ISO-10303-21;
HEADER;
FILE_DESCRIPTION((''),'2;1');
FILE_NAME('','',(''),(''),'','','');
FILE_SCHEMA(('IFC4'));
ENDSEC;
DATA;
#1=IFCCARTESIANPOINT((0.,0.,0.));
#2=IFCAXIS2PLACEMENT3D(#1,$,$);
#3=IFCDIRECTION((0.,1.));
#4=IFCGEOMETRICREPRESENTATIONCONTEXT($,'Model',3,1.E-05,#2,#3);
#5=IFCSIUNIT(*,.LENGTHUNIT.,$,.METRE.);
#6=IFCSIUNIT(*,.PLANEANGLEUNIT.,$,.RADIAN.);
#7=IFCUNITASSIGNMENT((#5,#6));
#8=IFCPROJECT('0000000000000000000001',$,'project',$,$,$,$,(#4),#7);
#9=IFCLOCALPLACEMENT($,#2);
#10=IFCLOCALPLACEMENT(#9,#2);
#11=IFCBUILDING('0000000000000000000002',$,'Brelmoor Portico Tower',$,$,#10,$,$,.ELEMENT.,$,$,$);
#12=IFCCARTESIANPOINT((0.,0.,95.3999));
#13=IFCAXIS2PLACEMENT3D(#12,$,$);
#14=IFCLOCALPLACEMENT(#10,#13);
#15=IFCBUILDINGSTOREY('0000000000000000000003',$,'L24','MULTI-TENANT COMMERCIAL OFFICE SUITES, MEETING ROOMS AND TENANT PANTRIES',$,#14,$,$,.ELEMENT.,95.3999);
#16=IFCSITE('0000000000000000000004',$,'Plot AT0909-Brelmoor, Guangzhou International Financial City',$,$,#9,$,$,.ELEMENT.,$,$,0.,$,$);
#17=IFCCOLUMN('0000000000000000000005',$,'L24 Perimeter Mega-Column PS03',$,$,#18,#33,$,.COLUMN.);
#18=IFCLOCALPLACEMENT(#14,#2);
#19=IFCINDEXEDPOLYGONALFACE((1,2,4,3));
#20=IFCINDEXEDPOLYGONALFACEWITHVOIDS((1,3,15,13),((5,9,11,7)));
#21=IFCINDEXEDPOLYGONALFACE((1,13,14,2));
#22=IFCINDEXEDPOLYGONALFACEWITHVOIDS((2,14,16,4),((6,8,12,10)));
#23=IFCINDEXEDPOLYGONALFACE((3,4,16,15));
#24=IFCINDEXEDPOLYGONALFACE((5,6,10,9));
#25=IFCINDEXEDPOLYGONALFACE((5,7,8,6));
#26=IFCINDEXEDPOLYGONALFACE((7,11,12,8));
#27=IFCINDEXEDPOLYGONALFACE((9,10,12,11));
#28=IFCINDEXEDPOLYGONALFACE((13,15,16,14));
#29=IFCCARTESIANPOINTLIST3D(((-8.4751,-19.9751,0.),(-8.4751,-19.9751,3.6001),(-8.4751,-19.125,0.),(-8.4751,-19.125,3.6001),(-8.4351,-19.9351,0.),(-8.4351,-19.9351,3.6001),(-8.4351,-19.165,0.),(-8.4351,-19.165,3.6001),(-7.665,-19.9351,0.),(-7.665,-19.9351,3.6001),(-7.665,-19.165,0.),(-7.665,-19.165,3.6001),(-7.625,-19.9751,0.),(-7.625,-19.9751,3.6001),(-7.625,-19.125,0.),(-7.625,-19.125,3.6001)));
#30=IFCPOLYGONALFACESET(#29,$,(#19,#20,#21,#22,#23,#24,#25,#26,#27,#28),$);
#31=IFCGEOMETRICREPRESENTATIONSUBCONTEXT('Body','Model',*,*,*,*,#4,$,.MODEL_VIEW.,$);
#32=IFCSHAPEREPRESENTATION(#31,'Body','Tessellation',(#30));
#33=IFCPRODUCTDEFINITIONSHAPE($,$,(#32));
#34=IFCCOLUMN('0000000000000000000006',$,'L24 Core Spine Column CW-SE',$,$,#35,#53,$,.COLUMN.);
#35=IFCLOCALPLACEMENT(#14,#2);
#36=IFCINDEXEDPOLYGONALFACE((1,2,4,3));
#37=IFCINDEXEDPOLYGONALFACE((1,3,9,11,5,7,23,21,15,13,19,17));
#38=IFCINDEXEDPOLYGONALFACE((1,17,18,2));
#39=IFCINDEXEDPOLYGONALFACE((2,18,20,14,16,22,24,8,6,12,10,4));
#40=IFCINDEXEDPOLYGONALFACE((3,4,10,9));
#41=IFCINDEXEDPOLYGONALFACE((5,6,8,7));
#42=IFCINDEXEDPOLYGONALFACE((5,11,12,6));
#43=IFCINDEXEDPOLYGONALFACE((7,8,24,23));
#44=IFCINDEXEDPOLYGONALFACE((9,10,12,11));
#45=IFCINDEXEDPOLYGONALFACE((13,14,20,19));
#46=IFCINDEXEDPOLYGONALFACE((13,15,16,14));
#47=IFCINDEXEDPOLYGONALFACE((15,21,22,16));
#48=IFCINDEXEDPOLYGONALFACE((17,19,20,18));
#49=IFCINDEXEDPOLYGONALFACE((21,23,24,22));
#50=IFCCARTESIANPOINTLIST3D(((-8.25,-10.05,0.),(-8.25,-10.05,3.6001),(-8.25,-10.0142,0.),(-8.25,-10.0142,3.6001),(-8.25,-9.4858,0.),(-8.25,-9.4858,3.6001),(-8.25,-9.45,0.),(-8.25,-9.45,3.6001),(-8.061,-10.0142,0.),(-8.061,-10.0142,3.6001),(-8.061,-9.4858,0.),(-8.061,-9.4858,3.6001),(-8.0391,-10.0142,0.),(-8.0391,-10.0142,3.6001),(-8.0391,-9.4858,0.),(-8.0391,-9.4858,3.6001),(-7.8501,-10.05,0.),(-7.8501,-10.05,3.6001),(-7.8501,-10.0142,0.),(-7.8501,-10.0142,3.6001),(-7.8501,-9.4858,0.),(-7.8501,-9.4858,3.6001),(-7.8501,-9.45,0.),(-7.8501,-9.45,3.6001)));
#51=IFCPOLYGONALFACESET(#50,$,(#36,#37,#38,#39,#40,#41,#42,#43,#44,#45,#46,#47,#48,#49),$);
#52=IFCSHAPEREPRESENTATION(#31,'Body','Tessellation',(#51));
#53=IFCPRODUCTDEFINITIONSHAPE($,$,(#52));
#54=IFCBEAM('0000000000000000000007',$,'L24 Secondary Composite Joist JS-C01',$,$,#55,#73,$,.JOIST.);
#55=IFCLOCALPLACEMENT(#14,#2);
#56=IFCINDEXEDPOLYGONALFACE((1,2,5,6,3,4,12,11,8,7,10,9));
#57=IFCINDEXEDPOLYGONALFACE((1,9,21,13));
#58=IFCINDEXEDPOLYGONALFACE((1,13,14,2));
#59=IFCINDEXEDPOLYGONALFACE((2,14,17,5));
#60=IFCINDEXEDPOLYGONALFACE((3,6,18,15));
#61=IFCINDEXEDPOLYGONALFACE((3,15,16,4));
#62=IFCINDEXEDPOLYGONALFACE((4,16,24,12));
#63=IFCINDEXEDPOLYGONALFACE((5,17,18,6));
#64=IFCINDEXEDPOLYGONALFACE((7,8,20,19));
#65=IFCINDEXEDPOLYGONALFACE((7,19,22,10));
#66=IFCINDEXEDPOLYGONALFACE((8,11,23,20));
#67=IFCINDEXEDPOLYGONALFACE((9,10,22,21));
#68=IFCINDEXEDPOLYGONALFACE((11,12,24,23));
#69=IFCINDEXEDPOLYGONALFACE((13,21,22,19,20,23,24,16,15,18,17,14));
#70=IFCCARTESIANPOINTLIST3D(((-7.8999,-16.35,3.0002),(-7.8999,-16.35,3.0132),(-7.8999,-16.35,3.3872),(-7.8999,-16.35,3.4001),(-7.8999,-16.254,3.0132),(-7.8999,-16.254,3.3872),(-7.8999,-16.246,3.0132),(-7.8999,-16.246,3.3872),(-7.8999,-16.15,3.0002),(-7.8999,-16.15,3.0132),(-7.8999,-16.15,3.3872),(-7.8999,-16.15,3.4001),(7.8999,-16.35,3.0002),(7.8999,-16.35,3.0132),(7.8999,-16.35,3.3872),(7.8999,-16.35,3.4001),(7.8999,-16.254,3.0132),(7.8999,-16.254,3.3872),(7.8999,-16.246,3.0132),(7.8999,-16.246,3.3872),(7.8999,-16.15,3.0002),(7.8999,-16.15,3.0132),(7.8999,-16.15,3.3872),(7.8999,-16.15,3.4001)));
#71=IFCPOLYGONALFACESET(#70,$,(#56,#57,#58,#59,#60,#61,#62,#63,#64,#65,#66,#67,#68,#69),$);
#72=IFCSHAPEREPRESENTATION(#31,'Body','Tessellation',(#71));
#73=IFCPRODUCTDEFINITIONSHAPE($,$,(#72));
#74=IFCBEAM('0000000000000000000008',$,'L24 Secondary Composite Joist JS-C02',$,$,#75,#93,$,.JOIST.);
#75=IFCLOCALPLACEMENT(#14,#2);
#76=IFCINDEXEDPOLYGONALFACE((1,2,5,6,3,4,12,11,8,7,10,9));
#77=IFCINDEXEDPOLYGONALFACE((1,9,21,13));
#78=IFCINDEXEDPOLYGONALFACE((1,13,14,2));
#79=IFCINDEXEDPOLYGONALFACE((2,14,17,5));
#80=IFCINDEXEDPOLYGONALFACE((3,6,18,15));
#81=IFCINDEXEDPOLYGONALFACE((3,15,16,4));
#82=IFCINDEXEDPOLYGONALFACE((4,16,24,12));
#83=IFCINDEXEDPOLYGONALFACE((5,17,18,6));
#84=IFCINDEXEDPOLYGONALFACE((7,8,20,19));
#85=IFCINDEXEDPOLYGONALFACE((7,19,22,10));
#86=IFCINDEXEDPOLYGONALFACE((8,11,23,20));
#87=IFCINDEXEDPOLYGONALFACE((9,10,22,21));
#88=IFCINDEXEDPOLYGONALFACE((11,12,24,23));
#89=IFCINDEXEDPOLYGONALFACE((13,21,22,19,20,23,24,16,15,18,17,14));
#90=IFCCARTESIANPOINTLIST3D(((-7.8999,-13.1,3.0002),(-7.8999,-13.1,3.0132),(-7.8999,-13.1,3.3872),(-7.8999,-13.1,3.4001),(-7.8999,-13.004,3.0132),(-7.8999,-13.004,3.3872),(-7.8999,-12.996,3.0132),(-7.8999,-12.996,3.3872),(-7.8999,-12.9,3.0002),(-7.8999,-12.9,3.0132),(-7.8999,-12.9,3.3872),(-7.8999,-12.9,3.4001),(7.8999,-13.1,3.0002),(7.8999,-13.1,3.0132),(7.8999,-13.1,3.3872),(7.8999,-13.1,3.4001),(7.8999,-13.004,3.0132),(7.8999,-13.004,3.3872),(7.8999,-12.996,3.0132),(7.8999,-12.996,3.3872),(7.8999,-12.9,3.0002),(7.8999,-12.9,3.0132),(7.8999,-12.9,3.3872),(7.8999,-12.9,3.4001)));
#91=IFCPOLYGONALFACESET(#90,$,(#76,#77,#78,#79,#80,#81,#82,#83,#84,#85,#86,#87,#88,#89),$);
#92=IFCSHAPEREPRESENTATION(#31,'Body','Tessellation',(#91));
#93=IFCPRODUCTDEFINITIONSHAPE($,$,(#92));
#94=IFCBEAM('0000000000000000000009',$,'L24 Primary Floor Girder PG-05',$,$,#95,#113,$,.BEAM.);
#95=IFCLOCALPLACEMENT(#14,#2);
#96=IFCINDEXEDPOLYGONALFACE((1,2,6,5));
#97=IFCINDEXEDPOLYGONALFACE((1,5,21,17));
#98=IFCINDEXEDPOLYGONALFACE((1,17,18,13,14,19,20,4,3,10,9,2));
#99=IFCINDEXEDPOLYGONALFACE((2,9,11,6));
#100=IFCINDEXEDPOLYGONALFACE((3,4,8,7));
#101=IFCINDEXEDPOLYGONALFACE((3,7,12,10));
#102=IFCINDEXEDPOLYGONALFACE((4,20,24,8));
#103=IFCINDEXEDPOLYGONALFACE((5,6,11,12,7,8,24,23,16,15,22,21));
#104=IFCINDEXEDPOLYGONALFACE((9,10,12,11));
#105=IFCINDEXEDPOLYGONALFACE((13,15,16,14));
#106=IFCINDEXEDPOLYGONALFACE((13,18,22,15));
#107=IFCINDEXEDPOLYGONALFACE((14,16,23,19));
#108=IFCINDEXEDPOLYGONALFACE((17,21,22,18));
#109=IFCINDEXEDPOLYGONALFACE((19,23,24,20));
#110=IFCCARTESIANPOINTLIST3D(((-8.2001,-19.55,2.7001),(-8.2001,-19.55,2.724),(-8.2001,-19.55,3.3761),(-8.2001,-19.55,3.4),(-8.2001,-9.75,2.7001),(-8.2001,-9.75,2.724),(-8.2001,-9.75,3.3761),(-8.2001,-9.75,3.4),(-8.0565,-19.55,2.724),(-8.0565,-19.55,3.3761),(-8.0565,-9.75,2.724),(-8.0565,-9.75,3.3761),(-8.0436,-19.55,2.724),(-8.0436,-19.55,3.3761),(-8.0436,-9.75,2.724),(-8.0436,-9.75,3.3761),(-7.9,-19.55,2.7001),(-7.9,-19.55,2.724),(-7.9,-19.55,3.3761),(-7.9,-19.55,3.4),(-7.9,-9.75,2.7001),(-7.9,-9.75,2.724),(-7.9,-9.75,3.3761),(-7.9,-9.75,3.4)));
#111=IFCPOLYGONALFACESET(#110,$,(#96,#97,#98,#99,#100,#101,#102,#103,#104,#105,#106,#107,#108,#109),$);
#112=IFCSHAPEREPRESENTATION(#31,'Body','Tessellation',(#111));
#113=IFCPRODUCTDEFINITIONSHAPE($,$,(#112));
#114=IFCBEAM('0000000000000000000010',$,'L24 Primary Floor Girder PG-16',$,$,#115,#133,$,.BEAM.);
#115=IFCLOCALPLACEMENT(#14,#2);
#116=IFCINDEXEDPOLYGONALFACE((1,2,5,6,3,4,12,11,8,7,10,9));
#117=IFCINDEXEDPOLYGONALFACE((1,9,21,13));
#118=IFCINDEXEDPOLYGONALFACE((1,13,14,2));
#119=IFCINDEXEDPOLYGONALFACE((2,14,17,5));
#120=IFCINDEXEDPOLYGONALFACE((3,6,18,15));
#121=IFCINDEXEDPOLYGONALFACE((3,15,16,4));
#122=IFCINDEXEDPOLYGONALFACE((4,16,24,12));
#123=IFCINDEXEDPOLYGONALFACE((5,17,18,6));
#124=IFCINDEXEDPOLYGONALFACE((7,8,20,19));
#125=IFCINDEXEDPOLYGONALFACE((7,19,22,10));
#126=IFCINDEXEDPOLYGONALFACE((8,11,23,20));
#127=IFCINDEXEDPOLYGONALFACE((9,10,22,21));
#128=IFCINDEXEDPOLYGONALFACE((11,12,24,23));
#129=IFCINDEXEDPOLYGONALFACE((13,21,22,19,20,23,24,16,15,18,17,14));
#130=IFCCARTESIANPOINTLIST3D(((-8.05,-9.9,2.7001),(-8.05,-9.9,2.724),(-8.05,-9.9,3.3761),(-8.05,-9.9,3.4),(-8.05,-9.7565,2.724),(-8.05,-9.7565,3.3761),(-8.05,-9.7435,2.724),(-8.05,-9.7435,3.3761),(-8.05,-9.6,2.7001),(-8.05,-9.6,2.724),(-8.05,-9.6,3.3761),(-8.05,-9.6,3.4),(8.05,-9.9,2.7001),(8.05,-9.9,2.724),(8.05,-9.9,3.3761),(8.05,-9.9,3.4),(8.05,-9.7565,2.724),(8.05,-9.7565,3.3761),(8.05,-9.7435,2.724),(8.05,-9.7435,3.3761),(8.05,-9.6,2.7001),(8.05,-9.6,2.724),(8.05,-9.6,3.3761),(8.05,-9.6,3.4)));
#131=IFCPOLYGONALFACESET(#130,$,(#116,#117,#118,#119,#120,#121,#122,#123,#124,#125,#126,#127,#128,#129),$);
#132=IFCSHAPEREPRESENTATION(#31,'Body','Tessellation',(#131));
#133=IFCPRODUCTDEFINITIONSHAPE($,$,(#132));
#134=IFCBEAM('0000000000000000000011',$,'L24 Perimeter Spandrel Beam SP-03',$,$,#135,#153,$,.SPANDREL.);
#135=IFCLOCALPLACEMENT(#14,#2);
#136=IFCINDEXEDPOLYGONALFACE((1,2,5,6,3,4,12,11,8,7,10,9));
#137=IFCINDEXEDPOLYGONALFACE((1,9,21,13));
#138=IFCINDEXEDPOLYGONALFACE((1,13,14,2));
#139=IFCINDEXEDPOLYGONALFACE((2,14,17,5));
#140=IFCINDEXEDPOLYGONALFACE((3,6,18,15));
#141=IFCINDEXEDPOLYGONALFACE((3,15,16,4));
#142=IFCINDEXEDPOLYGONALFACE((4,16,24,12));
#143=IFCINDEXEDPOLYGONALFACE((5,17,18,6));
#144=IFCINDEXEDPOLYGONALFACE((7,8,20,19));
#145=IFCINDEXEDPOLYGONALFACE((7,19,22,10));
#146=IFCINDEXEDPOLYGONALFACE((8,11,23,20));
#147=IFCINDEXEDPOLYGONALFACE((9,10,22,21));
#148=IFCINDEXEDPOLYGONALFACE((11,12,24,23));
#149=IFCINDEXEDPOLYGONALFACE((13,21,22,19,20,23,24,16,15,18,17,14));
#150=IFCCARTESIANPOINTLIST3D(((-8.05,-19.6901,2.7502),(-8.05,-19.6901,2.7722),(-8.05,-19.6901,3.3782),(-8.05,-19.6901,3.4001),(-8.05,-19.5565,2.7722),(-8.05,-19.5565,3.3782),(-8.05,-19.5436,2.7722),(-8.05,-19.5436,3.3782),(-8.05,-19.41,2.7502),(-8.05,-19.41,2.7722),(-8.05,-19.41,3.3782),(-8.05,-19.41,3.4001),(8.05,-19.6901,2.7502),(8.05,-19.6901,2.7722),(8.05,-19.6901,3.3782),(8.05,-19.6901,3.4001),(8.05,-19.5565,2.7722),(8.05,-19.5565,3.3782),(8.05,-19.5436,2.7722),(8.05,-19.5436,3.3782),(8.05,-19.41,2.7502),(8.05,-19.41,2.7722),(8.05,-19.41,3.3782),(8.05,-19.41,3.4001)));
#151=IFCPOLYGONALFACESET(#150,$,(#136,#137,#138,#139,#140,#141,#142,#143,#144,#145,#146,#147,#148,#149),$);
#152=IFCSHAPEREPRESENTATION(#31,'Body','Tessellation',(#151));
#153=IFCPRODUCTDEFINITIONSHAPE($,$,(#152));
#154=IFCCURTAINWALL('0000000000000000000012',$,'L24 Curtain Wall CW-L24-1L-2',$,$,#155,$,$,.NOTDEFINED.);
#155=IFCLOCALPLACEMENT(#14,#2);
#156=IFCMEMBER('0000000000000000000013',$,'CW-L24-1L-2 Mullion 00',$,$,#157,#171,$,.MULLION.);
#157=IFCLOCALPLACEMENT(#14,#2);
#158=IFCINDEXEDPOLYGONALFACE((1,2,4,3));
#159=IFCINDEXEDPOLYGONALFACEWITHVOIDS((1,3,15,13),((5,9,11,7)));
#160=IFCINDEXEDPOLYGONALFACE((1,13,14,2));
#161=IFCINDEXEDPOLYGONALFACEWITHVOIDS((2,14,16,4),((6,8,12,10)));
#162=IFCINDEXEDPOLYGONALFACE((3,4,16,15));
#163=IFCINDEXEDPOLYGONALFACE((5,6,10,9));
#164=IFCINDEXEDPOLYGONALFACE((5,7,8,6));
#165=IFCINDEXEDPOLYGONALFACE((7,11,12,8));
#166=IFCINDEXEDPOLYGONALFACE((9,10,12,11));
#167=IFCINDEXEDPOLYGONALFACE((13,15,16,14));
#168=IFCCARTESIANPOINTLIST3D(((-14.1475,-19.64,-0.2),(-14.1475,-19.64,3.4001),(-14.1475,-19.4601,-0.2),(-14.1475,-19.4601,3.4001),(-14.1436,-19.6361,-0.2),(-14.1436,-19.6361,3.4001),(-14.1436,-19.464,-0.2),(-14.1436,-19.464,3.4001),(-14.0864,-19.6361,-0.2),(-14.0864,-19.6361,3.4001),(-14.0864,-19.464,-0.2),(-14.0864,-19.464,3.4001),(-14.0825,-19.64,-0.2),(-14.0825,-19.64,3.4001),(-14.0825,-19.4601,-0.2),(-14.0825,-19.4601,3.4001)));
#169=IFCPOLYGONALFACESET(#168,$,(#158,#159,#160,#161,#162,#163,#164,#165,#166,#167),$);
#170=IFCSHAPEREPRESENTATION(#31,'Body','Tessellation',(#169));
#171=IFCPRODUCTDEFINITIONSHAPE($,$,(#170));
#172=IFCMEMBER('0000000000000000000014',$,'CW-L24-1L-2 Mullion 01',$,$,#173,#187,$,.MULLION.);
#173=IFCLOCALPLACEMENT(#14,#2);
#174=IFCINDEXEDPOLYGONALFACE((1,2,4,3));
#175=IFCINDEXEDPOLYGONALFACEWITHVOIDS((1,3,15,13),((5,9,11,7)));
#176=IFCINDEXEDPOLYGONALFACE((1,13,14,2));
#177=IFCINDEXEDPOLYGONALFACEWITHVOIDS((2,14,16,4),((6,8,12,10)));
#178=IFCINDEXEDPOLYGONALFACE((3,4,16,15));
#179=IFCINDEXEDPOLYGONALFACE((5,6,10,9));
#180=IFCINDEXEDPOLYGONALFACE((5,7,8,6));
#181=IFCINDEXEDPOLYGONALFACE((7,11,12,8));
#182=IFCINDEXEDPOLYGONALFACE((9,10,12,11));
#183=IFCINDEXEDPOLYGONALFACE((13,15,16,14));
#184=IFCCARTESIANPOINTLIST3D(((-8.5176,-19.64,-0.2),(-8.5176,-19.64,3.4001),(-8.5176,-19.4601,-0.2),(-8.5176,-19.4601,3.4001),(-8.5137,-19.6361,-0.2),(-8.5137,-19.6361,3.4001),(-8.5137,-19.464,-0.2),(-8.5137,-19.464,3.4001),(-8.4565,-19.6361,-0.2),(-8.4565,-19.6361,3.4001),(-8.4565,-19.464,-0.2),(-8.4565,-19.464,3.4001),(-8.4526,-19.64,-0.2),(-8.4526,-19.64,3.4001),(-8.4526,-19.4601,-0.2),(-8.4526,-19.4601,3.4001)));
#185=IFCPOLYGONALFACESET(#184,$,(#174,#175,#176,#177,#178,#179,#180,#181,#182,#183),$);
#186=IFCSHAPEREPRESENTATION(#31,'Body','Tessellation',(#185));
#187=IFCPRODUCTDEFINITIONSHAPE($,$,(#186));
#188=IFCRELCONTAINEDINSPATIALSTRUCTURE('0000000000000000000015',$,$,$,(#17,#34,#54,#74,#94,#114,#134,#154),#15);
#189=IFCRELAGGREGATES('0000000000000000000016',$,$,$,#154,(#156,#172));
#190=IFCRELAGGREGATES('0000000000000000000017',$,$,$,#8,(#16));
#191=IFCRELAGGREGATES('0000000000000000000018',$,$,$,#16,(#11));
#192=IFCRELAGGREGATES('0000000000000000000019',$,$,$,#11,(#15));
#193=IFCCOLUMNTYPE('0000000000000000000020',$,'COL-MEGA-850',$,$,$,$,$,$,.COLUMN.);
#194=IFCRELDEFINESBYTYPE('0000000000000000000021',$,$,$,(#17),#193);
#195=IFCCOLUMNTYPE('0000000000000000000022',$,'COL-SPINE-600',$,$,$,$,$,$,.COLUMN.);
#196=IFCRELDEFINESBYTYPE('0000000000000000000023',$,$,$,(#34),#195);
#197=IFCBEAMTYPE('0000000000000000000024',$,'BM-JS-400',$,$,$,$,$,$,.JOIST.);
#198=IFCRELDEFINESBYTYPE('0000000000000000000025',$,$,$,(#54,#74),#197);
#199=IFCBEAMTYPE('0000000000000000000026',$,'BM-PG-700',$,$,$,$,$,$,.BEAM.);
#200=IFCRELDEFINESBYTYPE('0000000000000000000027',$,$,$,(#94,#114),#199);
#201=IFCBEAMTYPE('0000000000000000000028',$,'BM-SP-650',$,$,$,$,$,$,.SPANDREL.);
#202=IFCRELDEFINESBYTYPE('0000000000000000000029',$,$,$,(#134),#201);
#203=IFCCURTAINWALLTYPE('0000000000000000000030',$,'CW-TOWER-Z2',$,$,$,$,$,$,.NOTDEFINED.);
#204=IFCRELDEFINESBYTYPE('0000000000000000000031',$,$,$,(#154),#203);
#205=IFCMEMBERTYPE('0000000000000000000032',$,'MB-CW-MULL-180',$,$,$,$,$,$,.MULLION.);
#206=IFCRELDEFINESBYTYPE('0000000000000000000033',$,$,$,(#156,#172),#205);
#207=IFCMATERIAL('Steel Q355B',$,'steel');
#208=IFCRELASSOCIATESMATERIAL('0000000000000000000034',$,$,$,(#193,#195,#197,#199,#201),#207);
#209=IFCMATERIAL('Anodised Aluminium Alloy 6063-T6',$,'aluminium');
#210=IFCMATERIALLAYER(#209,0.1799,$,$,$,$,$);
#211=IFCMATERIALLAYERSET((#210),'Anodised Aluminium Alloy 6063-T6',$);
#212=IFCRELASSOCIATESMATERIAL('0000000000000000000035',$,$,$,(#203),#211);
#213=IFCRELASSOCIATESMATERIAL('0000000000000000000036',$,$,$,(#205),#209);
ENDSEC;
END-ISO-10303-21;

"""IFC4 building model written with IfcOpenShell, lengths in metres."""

from ifc_helpers import new_model, si_unit, direction, frame, origin, origin_2d, place, context, subcontext, project, spatial, hollow_rectangle, i_section, extrude, material, layer, layer_set, material_profile, profile_set, type_object, element, aggregate, save


model = new_model("IFC4")

# Units and contexts
model_context = context("Model", 3, precision=1e-05, world=origin(), true_north=direction((0.0, 1.0)))
body_context = subcontext(model_context, "Body", "Model", "MODEL_VIEW")
ifc_project = project(units=[si_unit("LENGTHUNIT", "METRE"), si_unit("PLANEANGLEUNIT", "RADIAN")], contexts=[model_context])

# Site, building, storey
site_placement = place(None, origin())
site = spatial("IfcSite", under=ifc_project, at=site_placement, Name="Plot AT0909-Brelmoor, Guangzhou International Financial City", CompositionType="ELEMENT", RefElevation=0.0)
building_placement = place(site_placement, origin())
building = spatial("IfcBuilding", under=site, at=building_placement, Name="Brelmoor Portico Tower", CompositionType="ELEMENT")
storey_placement = place(building_placement, frame((0.0, 0.0, 95.3999)))
storey = spatial("IfcBuildingStorey", under=building, at=storey_placement, Name="L24", Description="MULTI-TENANT COMMERCIAL OFFICE SUITES, MEETING ROOMS AND TENANT PANTRIES", CompositionType="ELEMENT", Elevation=95.3999)

# Columns
ifc_material_1 = material(Name="Steel Q355B", Category="steel")
ifc_material_profile_1 = material_profile(ifc_material_1, hollow_rectangle(XDim=0.8501, YDim=0.8501, WallThickness=0.04, at=origin_2d()), Name="BOX 850x850x40")
ifc_profile_set_1 = profile_set([ifc_material_profile_1], Name="Steel Q355B")
column_type_1 = type_object("IfcColumnType", Name="COL-MEGA-850", PredefinedType="COLUMN", material=ifc_profile_set_1)
column_1_placement = place(storey_placement, frame((-8.05, -19.55, 0.0), z_axis=(0.0, 0.0, 1.0), x_axis=(1.0, 0.0, 0.0)))
element("IfcColumn", 1, at=column_1_placement, inside=storey, type_object=column_type_1, Name="L24 Perimeter Mega-Column PS03", PredefinedType="COLUMN", context=body_context, shape_type="SweptSolid", body=[
    extrude(hollow_rectangle(XDim=0.8501, YDim=0.8501, WallThickness=0.04, at=origin_2d()), origin(), (0.0, 0.0, 1.0), 3.6001),
])
ifc_material_profile_2 = material_profile(ifc_material_1, i_section(OverallWidth=0.3999, OverallDepth=0.6001, WebThickness=0.022, FlangeThickness=0.0359, at=origin_2d()), Name="HW 600x400x22x36")
ifc_profile_set_2 = profile_set([ifc_material_profile_2], Name="Steel Q355B")
column_type_2 = type_object("IfcColumnType", Name="COL-SPINE-600", PredefinedType="COLUMN", material=ifc_profile_set_2)
column_2_placement = place(storey_placement, frame((-8.05, -9.75, 0.0), z_axis=(0.0, 0.0, 1.0), x_axis=(1.0, 0.0, 0.0)))
element("IfcColumn", 2, at=column_2_placement, inside=storey, type_object=column_type_2, Name="L24 Core Spine Column CW-SE", PredefinedType="COLUMN", context=body_context, shape_type="SweptSolid", body=[
    extrude(i_section(OverallWidth=0.3999, OverallDepth=0.6001, WebThickness=0.022, FlangeThickness=0.0359, at=origin_2d()), origin(), (0.0, 0.0, 1.0), 3.6001),
])

# Beams
ifc_material_profile_3 = material_profile(ifc_material_1, i_section(OverallWidth=0.2, OverallDepth=0.3999, WebThickness=0.0081, FlangeThickness=0.0129, at=origin_2d()), Name="HN 400x200x8x13")
ifc_profile_set_3 = profile_set([ifc_material_profile_3], Name="Steel Q355B")
beam_type_1 = type_object("IfcBeamType", Name="BM-JS-400", PredefinedType="JOIST", material=ifc_profile_set_3)
for number, where, z_axis, x_axis, name in (
    (3, (-7.8999, -16.25, 3.2002), (1.0, 0.0, 0.0), (0.0, 1.0, 0.0), "L24 Secondary Composite Joist JS-C01"),
    (4, (-7.8999, -13.0, 3.2002), (1.0, 0.0, 0.0), (0.0, 1.0, 0.0), "L24 Secondary Composite Joist JS-C02"),
):
    element("IfcBeam", number, at=place(storey_placement, frame(where, z_axis=z_axis, x_axis=x_axis)), inside=storey, type_object=beam_type_1, Name=name, PredefinedType="JOIST", context=body_context, shape_type="SweptSolid", body=[
        extrude(i_section(OverallWidth=0.2, OverallDepth=0.3999, WebThickness=0.0081, FlangeThickness=0.0129, at=origin_2d()), origin(), (0.0, 0.0, 1.0), 15.7998),
    ])
ifc_material_profile_4 = material_profile(ifc_material_1, i_section(OverallWidth=0.3, OverallDepth=0.7, WebThickness=0.0129, FlangeThickness=0.0239, at=origin_2d()), Name="HN 700x300x13x24")
ifc_profile_set_4 = profile_set([ifc_material_profile_4], Name="Steel Q355B")
beam_type_2 = type_object("IfcBeamType", Name="BM-PG-700", PredefinedType="BEAM", material=ifc_profile_set_4)
beam_1_placement = place(storey_placement, frame((-8.05, -19.55, 3.05), z_axis=(0.0, 1.0, 0.0), x_axis=(-1.0, 0.0, 0.0)))
element("IfcBeam", 5, at=beam_1_placement, inside=storey, type_object=beam_type_2, Name="L24 Primary Floor Girder PG-05", PredefinedType="BEAM", context=body_context, shape_type="SweptSolid", body=[
    extrude(i_section(OverallWidth=0.3, OverallDepth=0.7, WebThickness=0.0129, FlangeThickness=0.0239, at=origin_2d()), origin(), (0.0, 0.0, 1.0), 9.8),
])
beam_2_placement = place(storey_placement, frame((-8.05, -9.75, 3.05), z_axis=(1.0, 0.0, 0.0), x_axis=(0.0, 1.0, 0.0)))
element("IfcBeam", 6, at=beam_2_placement, inside=storey, type_object=beam_type_2, Name="L24 Primary Floor Girder PG-16", PredefinedType="BEAM", context=body_context, shape_type="SweptSolid", body=[
    extrude(i_section(OverallWidth=0.3, OverallDepth=0.7, WebThickness=0.0129, FlangeThickness=0.0239, at=origin_2d()), origin(), (0.0, 0.0, 1.0), 16.1001),
])
ifc_material_profile_5 = material_profile(ifc_material_1, i_section(OverallWidth=0.28, OverallDepth=0.6499, WebThickness=0.0129, FlangeThickness=0.022, at=origin_2d()), Name="HN 650x280x13x22")
ifc_profile_set_5 = profile_set([ifc_material_profile_5], Name="Steel Q355B")
beam_type_3 = type_object("IfcBeamType", Name="BM-SP-650", PredefinedType="SPANDREL", material=ifc_profile_set_5)
beam_3_placement = place(storey_placement, frame((-8.05, -19.55, 3.0752), z_axis=(1.0, 0.0, 0.0), x_axis=(0.0, 1.0, 0.0)))
element("IfcBeam", 7, at=beam_3_placement, inside=storey, type_object=beam_type_3, Name="L24 Perimeter Spandrel Beam SP-03", PredefinedType="SPANDREL", context=body_context, shape_type="SweptSolid", body=[
    extrude(i_section(OverallWidth=0.28, OverallDepth=0.6499, WebThickness=0.0129, FlangeThickness=0.022, at=origin_2d()), origin(), (0.0, 0.0, 1.0), 16.1001),
])

# Curtain wall, members
ifc_material_2 = material(Name="Anodised Aluminium Alloy 6063-T6", Category="aluminium")
ifc_layer_1 = layer(ifc_material_2, 0.1799)
ifc_layer_set_1 = layer_set([ifc_layer_1], Name="Anodised Aluminium Alloy 6063-T6")
curtain_wall_type = type_object("IfcCurtainWallType", Name="CW-TOWER-Z2", PredefinedType="NOTDEFINED", material=ifc_layer_set_1)
curtain_wall_1_placement = place(storey_placement, origin())
curtain_wall_1 = element("IfcCurtainWall", 8, at=curtain_wall_1_placement, inside=storey, type_object=curtain_wall_type, Name="L24 Curtain Wall CW-L24-1L-2", PredefinedType="NOTDEFINED")
ifc_material_profile_6 = material_profile(ifc_material_2, hollow_rectangle(XDim=0.0649, YDim=0.1799, WallThickness=0.0039, at=origin_2d()), Name="ALU MULLION 65x180")
ifc_profile_set_6 = profile_set([ifc_material_profile_6], Name="Anodised Aluminium Alloy 6063-T6")
member_type_1 = type_object("IfcMemberType", Name="MB-CW-MULL-180", PredefinedType="MULLION", material=ifc_profile_set_6)
member_1_placement = place(storey_placement, frame((-14.115, -19.55, -0.2), z_axis=(0.0, 0.0, 1.0), x_axis=(1.0, 0.0, 0.0)))
member_1 = element("IfcMember", 9, at=member_1_placement, type_object=member_type_1, Name="CW-L24-1L-2 Mullion 00", PredefinedType="MULLION", context=body_context, shape_type="SweptSolid", body=[
    extrude(hollow_rectangle(XDim=0.0649, YDim=0.1799, WallThickness=0.0039, at=origin_2d()), origin(), (0.0, 0.0, 1.0), 3.6001),
])
member_2_placement = place(storey_placement, frame((-8.4851, -19.55, -0.2), z_axis=(0.0, 0.0, 1.0), x_axis=(1.0, 0.0, 0.0)))
member_2 = element("IfcMember", 10, at=member_2_placement, type_object=member_type_1, Name="CW-L24-1L-2 Mullion 01", PredefinedType="MULLION", context=body_context, shape_type="SweptSolid", body=[
    extrude(hollow_rectangle(XDim=0.0649, YDim=0.1799, WallThickness=0.0039, at=origin_2d()), origin(), (0.0, 0.0, 1.0), 3.6001),
])

aggregate(curtain_wall_1, [member_1, member_2])

save(model, "model.ifc")
